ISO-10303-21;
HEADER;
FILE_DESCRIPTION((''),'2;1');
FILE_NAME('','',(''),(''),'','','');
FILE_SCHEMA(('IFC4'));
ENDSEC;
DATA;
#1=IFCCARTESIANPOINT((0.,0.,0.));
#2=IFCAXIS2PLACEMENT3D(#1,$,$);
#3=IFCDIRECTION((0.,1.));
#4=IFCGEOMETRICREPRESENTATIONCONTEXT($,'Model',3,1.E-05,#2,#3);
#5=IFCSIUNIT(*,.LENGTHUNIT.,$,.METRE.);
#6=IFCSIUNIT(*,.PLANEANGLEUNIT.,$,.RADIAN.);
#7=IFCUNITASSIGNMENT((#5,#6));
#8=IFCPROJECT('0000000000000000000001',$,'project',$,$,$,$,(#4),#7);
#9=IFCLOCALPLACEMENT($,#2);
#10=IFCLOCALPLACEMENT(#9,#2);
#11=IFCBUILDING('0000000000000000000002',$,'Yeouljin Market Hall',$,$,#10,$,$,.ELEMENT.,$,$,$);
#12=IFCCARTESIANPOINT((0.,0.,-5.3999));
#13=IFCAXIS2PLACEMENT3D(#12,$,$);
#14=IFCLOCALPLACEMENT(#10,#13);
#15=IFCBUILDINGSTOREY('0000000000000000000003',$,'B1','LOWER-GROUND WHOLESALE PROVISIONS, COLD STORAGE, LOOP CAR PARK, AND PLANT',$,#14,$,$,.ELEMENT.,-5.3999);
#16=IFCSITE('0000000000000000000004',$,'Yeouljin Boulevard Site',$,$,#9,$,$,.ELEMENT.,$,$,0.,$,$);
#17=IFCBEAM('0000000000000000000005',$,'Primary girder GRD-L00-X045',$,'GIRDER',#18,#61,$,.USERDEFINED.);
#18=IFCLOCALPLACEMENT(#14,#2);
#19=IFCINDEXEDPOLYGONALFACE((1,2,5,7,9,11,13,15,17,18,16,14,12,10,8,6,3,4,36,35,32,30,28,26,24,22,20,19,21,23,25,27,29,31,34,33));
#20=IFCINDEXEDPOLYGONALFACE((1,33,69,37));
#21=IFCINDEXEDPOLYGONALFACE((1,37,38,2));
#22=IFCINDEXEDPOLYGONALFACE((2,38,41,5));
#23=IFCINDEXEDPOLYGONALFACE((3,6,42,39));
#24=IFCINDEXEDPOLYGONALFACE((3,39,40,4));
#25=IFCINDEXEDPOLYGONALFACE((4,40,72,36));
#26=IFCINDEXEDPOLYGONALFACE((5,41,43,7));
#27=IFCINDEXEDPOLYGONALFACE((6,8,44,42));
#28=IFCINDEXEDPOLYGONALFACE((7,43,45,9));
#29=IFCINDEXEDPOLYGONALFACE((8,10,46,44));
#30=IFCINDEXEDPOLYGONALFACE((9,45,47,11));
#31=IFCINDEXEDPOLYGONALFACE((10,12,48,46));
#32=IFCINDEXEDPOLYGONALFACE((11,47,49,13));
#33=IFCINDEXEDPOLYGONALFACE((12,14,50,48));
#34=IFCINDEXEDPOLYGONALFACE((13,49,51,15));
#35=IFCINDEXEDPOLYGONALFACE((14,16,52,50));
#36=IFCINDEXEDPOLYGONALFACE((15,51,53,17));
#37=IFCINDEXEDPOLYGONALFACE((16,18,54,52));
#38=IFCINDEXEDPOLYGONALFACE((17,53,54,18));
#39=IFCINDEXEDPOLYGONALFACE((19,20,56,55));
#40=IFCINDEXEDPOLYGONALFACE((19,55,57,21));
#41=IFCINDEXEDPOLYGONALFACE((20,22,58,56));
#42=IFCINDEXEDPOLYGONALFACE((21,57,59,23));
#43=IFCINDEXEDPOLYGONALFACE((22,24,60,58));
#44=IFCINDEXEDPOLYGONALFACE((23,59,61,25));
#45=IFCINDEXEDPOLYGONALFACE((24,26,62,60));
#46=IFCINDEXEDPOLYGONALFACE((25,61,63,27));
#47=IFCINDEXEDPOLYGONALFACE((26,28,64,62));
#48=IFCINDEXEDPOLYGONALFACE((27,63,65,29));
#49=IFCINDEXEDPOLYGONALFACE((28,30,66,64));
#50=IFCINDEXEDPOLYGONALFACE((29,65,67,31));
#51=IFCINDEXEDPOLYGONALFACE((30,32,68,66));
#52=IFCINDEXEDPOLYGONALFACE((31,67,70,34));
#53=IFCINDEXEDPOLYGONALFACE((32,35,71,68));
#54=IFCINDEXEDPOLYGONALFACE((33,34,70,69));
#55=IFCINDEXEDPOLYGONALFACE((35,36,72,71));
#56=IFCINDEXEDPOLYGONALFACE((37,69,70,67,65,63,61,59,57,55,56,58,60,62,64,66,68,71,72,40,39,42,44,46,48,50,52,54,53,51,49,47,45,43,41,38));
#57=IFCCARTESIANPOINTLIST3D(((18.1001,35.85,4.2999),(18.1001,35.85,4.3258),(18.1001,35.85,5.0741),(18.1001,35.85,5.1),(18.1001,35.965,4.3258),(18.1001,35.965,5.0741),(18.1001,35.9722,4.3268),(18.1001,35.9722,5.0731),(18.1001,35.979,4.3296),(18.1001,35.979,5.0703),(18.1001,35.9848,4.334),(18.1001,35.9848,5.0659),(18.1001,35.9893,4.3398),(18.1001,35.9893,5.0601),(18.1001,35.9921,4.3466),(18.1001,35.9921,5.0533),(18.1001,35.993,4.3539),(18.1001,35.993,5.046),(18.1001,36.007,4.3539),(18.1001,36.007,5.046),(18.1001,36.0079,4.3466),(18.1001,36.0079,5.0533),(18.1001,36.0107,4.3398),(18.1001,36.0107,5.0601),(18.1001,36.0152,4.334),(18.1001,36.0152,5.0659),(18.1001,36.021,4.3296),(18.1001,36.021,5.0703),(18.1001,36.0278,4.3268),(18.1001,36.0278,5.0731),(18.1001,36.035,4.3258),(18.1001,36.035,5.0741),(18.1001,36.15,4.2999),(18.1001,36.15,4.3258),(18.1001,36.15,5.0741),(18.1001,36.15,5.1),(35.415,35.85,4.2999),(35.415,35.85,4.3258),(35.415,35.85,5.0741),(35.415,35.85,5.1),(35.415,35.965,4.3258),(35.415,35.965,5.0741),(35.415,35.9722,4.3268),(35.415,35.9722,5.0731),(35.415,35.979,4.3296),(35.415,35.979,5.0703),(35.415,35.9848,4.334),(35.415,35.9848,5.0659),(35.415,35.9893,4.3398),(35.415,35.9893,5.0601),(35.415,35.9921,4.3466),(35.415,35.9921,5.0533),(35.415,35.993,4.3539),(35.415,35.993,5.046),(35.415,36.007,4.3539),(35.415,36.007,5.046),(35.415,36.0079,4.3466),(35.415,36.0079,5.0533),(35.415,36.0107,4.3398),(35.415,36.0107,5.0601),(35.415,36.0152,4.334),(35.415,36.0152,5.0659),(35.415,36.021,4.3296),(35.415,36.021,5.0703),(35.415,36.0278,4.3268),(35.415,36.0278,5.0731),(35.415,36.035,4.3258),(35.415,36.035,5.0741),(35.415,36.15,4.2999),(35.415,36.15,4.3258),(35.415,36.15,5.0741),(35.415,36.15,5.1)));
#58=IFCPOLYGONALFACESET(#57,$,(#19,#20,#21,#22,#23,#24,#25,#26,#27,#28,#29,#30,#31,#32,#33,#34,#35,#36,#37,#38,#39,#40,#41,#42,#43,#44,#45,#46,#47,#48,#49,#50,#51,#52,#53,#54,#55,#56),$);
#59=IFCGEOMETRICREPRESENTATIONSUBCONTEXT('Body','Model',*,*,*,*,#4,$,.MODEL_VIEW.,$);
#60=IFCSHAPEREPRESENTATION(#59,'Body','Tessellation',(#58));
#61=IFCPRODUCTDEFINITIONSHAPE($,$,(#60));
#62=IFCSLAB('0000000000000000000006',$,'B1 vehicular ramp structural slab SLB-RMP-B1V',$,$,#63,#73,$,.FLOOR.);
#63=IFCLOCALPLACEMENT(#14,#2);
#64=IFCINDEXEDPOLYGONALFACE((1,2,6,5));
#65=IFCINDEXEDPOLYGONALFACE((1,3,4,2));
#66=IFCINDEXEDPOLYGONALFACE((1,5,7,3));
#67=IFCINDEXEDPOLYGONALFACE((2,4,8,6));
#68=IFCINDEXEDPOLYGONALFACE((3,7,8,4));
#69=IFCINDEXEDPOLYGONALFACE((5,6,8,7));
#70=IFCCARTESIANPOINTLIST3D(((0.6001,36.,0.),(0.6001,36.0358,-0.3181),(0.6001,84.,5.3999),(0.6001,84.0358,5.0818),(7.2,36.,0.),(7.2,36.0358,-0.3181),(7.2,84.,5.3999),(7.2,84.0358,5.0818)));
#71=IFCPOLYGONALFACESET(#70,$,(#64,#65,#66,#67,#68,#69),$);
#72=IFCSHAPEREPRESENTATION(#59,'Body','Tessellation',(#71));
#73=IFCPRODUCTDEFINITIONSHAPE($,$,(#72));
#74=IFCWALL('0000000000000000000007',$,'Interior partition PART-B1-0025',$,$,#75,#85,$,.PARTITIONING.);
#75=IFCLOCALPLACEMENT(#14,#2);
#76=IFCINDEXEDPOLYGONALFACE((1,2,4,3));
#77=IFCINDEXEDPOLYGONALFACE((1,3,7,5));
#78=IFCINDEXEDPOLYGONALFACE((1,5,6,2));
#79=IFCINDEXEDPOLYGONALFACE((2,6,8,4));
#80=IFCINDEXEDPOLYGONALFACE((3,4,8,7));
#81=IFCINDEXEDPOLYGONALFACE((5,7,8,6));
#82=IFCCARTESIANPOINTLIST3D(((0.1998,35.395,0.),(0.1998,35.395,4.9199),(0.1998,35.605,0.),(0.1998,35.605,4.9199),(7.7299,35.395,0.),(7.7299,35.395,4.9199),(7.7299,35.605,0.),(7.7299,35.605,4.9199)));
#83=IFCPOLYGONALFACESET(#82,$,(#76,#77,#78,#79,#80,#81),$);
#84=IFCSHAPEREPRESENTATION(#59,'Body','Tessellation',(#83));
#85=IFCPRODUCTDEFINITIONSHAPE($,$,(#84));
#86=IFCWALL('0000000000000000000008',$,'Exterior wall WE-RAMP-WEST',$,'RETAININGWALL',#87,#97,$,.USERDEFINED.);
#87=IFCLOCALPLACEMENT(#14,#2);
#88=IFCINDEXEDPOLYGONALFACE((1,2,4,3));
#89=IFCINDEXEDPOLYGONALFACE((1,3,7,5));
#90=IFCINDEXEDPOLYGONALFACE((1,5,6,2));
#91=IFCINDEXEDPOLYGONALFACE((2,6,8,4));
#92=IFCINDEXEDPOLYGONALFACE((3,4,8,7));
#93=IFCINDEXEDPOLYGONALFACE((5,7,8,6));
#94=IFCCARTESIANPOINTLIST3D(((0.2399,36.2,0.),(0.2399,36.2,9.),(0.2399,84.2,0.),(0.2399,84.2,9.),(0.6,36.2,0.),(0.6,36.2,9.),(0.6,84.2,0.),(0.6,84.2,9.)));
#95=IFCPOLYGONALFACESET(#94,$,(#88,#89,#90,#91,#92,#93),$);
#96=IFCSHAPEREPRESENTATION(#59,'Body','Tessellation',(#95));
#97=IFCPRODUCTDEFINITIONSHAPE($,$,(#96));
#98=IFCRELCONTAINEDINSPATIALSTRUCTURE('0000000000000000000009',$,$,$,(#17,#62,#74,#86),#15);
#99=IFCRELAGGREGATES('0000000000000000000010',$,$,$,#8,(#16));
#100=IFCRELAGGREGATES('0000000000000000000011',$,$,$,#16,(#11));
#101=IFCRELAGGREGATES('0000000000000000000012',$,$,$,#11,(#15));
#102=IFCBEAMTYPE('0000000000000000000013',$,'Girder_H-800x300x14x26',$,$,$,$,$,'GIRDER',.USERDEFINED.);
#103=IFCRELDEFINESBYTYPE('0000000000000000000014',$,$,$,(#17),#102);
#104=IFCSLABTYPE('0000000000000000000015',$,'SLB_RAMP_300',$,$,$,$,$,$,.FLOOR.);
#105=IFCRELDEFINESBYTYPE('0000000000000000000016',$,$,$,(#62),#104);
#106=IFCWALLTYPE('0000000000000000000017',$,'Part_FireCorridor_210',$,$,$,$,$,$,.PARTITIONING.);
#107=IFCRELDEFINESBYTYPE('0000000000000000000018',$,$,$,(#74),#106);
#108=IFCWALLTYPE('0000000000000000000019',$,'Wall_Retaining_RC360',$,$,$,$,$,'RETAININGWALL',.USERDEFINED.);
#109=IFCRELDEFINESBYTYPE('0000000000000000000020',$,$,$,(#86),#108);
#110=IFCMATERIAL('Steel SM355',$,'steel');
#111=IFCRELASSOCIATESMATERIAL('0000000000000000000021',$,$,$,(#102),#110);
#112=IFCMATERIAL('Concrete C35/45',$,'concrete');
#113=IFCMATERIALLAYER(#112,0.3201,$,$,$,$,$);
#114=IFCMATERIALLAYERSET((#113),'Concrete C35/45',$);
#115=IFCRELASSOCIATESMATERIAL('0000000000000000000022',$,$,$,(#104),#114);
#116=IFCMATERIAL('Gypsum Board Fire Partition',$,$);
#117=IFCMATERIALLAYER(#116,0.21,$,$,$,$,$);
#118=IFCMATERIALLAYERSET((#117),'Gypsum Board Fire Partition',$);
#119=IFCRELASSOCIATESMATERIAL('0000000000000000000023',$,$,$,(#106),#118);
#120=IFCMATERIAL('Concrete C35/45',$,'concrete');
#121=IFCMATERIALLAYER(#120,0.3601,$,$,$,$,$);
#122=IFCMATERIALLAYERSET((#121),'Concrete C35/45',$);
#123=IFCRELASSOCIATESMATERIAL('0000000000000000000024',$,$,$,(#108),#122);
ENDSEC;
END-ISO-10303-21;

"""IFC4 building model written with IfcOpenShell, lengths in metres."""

from ifc_helpers import new_model, si_unit, direction, frame, frame_2d, origin, origin_2d, place, context, subcontext, project, spatial, polyline, rectangle, i_section, outline, extrude, material, layer, layer_set, material_profile, profile_set, type_object, element, save


model = new_model("IFC4")

# Units and contexts
model_context = context("Model", 3, precision=1e-05, world=origin(), true_north=direction((0.0, 1.0)))
body_context = subcontext(model_context, "Body", "Model", "MODEL_VIEW")
ifc_project = project(units=[si_unit("LENGTHUNIT", "METRE"), si_unit("PLANEANGLEUNIT", "RADIAN")], contexts=[model_context])

# Site, building, storey
site_placement = place(None, origin())
site = spatial("IfcSite", under=ifc_project, at=site_placement, Name="Yeouljin Boulevard Site", CompositionType="ELEMENT", RefElevation=0.0)
building_placement = place(site_placement, origin())
building = spatial("IfcBuilding", under=site, at=building_placement, Name="Yeouljin Market Hall", CompositionType="ELEMENT")
storey_placement = place(building_placement, frame((0.0, 0.0, -5.3999)))
storey = spatial("IfcBuildingStorey", under=building, at=storey_placement, Name="B1", Description="LOWER-GROUND WHOLESALE PROVISIONS, COLD STORAGE, LOOP CAR PARK, AND PLANT", CompositionType="ELEMENT", Elevation=-5.3999)

# Beam
ifc_material_1 = material(Name="Steel SM355", Category="steel")
ifc_material_profile_1 = material_profile(ifc_material_1, i_section(OverallWidth=0.3, OverallDepth=0.8, WebThickness=0.0139, FlangeThickness=0.0259, FilletRadius=0.0281, at=origin_2d()), Name="H-800x300x14x26")
ifc_profile_set_1 = profile_set([ifc_material_profile_1], Name="Steel SM355")
beam_type_1 = type_object("IfcBeamType", Name="Girder_H-800x300x14x26", ElementType="GIRDER", PredefinedType="USERDEFINED", material=ifc_profile_set_1)
beam_1_placement = place(storey_placement, frame((18.1001, 36.0, 4.7), z_axis=(1.0, 0.0, 0.0), x_axis=(0.0, 1.0, 0.0)))
element("IfcBeam", 1, at=beam_1_placement, inside=storey, type_object=beam_type_1, Name="Primary girder GRD-L00-X045", ObjectType="GIRDER", PredefinedType="USERDEFINED", context=body_context, shape_type="SweptSolid", body=[
    extrude(i_section(OverallWidth=0.3, OverallDepth=0.8, WebThickness=0.0139, FlangeThickness=0.0259, FilletRadius=0.0281, at=origin_2d()), origin(), (0.0, 0.0, 1.0), 17.3149),
])

# Slab
ifc_material_2 = material(Name="Concrete C35/45", Category="concrete")
ifc_layer_1 = layer(ifc_material_2, 0.3201)
ifc_layer_set_1 = layer_set([ifc_layer_1], Name="Concrete C35/45")
slab_type = type_object("IfcSlabType", Name="SLB_RAMP_300", PredefinedType="FLOOR", material=ifc_layer_set_1)
slab_placement = place(storey_placement, frame((0.6001, 36.0, 0.0), z_axis=(0.0, -0.111793, 0.993732), x_axis=(1.0, 0.0, 0.0)))
element("IfcSlab", 2, at=slab_placement, inside=storey, type_object=slab_type, Name="B1 vehicular ramp structural slab SLB-RMP-B1V", PredefinedType="FLOOR", context=body_context, shape_type="SweptSolid", body=[
    extrude(outline(polyline([(0.0, 0.0), (6.5999, 0.0), (6.5999, 48.3028), (0.0, 48.3028), (0.0, 0.0)])), origin(), (0.0, 0.0, -1.0), 0.3201),
])

# Walls
ifc_material_3 = material(Name="Gypsum Board Fire Partition")
ifc_layer_2 = layer(ifc_material_3, 0.21)
ifc_layer_set_2 = layer_set([ifc_layer_2], Name="Gypsum Board Fire Partition")
wall_type_1 = type_object("IfcWallType", Name="Part_FireCorridor_210", PredefinedType="PARTITIONING", material=ifc_layer_set_2)
wall_1_placement = place(storey_placement, frame((7.73, 35.5, 0.0), z_axis=(0.0, 0.0, 1.0), x_axis=(-1.0, 0.0, 0.0)))
element("IfcWall", 3, at=wall_1_placement, inside=storey, type_object=wall_type_1, Name="Interior partition PART-B1-0025", PredefinedType="PARTITIONING", context=body_context, shape_type="SweptSolid", body=[
    extrude(rectangle(XDim=7.53, YDim=0.21, at=frame_2d((3.7651, 0.0))), origin(), (0.0, 0.0, 1.0), 4.9199),
])
ifc_material_4 = material(Name="Concrete C35/45", Category="concrete")
ifc_layer_3 = layer(ifc_material_4, 0.3601)
ifc_layer_set_3 = layer_set([ifc_layer_3], Name="Concrete C35/45")
wall_type_2 = type_object("IfcWallType", Name="Wall_Retaining_RC360", ElementType="RETAININGWALL", PredefinedType="USERDEFINED", material=ifc_layer_set_3)
wall_2_placement = place(storey_placement, frame((0.4199, 36.2, 0.0), z_axis=(0.0, 0.0, 1.0), x_axis=(0.0, 1.0, 0.0)))
element("IfcWall", 4, at=wall_2_placement, inside=storey, type_object=wall_type_2, Name="Exterior wall WE-RAMP-WEST", ObjectType="RETAININGWALL", PredefinedType="USERDEFINED", context=body_context, shape_type="SweptSolid", body=[
    extrude(rectangle(XDim=48.0, YDim=0.3601, at=frame_2d((24.0, 0.0))), origin(), (0.0, 0.0, 1.0), 9.0),
])

save(model, "model.ifc")
